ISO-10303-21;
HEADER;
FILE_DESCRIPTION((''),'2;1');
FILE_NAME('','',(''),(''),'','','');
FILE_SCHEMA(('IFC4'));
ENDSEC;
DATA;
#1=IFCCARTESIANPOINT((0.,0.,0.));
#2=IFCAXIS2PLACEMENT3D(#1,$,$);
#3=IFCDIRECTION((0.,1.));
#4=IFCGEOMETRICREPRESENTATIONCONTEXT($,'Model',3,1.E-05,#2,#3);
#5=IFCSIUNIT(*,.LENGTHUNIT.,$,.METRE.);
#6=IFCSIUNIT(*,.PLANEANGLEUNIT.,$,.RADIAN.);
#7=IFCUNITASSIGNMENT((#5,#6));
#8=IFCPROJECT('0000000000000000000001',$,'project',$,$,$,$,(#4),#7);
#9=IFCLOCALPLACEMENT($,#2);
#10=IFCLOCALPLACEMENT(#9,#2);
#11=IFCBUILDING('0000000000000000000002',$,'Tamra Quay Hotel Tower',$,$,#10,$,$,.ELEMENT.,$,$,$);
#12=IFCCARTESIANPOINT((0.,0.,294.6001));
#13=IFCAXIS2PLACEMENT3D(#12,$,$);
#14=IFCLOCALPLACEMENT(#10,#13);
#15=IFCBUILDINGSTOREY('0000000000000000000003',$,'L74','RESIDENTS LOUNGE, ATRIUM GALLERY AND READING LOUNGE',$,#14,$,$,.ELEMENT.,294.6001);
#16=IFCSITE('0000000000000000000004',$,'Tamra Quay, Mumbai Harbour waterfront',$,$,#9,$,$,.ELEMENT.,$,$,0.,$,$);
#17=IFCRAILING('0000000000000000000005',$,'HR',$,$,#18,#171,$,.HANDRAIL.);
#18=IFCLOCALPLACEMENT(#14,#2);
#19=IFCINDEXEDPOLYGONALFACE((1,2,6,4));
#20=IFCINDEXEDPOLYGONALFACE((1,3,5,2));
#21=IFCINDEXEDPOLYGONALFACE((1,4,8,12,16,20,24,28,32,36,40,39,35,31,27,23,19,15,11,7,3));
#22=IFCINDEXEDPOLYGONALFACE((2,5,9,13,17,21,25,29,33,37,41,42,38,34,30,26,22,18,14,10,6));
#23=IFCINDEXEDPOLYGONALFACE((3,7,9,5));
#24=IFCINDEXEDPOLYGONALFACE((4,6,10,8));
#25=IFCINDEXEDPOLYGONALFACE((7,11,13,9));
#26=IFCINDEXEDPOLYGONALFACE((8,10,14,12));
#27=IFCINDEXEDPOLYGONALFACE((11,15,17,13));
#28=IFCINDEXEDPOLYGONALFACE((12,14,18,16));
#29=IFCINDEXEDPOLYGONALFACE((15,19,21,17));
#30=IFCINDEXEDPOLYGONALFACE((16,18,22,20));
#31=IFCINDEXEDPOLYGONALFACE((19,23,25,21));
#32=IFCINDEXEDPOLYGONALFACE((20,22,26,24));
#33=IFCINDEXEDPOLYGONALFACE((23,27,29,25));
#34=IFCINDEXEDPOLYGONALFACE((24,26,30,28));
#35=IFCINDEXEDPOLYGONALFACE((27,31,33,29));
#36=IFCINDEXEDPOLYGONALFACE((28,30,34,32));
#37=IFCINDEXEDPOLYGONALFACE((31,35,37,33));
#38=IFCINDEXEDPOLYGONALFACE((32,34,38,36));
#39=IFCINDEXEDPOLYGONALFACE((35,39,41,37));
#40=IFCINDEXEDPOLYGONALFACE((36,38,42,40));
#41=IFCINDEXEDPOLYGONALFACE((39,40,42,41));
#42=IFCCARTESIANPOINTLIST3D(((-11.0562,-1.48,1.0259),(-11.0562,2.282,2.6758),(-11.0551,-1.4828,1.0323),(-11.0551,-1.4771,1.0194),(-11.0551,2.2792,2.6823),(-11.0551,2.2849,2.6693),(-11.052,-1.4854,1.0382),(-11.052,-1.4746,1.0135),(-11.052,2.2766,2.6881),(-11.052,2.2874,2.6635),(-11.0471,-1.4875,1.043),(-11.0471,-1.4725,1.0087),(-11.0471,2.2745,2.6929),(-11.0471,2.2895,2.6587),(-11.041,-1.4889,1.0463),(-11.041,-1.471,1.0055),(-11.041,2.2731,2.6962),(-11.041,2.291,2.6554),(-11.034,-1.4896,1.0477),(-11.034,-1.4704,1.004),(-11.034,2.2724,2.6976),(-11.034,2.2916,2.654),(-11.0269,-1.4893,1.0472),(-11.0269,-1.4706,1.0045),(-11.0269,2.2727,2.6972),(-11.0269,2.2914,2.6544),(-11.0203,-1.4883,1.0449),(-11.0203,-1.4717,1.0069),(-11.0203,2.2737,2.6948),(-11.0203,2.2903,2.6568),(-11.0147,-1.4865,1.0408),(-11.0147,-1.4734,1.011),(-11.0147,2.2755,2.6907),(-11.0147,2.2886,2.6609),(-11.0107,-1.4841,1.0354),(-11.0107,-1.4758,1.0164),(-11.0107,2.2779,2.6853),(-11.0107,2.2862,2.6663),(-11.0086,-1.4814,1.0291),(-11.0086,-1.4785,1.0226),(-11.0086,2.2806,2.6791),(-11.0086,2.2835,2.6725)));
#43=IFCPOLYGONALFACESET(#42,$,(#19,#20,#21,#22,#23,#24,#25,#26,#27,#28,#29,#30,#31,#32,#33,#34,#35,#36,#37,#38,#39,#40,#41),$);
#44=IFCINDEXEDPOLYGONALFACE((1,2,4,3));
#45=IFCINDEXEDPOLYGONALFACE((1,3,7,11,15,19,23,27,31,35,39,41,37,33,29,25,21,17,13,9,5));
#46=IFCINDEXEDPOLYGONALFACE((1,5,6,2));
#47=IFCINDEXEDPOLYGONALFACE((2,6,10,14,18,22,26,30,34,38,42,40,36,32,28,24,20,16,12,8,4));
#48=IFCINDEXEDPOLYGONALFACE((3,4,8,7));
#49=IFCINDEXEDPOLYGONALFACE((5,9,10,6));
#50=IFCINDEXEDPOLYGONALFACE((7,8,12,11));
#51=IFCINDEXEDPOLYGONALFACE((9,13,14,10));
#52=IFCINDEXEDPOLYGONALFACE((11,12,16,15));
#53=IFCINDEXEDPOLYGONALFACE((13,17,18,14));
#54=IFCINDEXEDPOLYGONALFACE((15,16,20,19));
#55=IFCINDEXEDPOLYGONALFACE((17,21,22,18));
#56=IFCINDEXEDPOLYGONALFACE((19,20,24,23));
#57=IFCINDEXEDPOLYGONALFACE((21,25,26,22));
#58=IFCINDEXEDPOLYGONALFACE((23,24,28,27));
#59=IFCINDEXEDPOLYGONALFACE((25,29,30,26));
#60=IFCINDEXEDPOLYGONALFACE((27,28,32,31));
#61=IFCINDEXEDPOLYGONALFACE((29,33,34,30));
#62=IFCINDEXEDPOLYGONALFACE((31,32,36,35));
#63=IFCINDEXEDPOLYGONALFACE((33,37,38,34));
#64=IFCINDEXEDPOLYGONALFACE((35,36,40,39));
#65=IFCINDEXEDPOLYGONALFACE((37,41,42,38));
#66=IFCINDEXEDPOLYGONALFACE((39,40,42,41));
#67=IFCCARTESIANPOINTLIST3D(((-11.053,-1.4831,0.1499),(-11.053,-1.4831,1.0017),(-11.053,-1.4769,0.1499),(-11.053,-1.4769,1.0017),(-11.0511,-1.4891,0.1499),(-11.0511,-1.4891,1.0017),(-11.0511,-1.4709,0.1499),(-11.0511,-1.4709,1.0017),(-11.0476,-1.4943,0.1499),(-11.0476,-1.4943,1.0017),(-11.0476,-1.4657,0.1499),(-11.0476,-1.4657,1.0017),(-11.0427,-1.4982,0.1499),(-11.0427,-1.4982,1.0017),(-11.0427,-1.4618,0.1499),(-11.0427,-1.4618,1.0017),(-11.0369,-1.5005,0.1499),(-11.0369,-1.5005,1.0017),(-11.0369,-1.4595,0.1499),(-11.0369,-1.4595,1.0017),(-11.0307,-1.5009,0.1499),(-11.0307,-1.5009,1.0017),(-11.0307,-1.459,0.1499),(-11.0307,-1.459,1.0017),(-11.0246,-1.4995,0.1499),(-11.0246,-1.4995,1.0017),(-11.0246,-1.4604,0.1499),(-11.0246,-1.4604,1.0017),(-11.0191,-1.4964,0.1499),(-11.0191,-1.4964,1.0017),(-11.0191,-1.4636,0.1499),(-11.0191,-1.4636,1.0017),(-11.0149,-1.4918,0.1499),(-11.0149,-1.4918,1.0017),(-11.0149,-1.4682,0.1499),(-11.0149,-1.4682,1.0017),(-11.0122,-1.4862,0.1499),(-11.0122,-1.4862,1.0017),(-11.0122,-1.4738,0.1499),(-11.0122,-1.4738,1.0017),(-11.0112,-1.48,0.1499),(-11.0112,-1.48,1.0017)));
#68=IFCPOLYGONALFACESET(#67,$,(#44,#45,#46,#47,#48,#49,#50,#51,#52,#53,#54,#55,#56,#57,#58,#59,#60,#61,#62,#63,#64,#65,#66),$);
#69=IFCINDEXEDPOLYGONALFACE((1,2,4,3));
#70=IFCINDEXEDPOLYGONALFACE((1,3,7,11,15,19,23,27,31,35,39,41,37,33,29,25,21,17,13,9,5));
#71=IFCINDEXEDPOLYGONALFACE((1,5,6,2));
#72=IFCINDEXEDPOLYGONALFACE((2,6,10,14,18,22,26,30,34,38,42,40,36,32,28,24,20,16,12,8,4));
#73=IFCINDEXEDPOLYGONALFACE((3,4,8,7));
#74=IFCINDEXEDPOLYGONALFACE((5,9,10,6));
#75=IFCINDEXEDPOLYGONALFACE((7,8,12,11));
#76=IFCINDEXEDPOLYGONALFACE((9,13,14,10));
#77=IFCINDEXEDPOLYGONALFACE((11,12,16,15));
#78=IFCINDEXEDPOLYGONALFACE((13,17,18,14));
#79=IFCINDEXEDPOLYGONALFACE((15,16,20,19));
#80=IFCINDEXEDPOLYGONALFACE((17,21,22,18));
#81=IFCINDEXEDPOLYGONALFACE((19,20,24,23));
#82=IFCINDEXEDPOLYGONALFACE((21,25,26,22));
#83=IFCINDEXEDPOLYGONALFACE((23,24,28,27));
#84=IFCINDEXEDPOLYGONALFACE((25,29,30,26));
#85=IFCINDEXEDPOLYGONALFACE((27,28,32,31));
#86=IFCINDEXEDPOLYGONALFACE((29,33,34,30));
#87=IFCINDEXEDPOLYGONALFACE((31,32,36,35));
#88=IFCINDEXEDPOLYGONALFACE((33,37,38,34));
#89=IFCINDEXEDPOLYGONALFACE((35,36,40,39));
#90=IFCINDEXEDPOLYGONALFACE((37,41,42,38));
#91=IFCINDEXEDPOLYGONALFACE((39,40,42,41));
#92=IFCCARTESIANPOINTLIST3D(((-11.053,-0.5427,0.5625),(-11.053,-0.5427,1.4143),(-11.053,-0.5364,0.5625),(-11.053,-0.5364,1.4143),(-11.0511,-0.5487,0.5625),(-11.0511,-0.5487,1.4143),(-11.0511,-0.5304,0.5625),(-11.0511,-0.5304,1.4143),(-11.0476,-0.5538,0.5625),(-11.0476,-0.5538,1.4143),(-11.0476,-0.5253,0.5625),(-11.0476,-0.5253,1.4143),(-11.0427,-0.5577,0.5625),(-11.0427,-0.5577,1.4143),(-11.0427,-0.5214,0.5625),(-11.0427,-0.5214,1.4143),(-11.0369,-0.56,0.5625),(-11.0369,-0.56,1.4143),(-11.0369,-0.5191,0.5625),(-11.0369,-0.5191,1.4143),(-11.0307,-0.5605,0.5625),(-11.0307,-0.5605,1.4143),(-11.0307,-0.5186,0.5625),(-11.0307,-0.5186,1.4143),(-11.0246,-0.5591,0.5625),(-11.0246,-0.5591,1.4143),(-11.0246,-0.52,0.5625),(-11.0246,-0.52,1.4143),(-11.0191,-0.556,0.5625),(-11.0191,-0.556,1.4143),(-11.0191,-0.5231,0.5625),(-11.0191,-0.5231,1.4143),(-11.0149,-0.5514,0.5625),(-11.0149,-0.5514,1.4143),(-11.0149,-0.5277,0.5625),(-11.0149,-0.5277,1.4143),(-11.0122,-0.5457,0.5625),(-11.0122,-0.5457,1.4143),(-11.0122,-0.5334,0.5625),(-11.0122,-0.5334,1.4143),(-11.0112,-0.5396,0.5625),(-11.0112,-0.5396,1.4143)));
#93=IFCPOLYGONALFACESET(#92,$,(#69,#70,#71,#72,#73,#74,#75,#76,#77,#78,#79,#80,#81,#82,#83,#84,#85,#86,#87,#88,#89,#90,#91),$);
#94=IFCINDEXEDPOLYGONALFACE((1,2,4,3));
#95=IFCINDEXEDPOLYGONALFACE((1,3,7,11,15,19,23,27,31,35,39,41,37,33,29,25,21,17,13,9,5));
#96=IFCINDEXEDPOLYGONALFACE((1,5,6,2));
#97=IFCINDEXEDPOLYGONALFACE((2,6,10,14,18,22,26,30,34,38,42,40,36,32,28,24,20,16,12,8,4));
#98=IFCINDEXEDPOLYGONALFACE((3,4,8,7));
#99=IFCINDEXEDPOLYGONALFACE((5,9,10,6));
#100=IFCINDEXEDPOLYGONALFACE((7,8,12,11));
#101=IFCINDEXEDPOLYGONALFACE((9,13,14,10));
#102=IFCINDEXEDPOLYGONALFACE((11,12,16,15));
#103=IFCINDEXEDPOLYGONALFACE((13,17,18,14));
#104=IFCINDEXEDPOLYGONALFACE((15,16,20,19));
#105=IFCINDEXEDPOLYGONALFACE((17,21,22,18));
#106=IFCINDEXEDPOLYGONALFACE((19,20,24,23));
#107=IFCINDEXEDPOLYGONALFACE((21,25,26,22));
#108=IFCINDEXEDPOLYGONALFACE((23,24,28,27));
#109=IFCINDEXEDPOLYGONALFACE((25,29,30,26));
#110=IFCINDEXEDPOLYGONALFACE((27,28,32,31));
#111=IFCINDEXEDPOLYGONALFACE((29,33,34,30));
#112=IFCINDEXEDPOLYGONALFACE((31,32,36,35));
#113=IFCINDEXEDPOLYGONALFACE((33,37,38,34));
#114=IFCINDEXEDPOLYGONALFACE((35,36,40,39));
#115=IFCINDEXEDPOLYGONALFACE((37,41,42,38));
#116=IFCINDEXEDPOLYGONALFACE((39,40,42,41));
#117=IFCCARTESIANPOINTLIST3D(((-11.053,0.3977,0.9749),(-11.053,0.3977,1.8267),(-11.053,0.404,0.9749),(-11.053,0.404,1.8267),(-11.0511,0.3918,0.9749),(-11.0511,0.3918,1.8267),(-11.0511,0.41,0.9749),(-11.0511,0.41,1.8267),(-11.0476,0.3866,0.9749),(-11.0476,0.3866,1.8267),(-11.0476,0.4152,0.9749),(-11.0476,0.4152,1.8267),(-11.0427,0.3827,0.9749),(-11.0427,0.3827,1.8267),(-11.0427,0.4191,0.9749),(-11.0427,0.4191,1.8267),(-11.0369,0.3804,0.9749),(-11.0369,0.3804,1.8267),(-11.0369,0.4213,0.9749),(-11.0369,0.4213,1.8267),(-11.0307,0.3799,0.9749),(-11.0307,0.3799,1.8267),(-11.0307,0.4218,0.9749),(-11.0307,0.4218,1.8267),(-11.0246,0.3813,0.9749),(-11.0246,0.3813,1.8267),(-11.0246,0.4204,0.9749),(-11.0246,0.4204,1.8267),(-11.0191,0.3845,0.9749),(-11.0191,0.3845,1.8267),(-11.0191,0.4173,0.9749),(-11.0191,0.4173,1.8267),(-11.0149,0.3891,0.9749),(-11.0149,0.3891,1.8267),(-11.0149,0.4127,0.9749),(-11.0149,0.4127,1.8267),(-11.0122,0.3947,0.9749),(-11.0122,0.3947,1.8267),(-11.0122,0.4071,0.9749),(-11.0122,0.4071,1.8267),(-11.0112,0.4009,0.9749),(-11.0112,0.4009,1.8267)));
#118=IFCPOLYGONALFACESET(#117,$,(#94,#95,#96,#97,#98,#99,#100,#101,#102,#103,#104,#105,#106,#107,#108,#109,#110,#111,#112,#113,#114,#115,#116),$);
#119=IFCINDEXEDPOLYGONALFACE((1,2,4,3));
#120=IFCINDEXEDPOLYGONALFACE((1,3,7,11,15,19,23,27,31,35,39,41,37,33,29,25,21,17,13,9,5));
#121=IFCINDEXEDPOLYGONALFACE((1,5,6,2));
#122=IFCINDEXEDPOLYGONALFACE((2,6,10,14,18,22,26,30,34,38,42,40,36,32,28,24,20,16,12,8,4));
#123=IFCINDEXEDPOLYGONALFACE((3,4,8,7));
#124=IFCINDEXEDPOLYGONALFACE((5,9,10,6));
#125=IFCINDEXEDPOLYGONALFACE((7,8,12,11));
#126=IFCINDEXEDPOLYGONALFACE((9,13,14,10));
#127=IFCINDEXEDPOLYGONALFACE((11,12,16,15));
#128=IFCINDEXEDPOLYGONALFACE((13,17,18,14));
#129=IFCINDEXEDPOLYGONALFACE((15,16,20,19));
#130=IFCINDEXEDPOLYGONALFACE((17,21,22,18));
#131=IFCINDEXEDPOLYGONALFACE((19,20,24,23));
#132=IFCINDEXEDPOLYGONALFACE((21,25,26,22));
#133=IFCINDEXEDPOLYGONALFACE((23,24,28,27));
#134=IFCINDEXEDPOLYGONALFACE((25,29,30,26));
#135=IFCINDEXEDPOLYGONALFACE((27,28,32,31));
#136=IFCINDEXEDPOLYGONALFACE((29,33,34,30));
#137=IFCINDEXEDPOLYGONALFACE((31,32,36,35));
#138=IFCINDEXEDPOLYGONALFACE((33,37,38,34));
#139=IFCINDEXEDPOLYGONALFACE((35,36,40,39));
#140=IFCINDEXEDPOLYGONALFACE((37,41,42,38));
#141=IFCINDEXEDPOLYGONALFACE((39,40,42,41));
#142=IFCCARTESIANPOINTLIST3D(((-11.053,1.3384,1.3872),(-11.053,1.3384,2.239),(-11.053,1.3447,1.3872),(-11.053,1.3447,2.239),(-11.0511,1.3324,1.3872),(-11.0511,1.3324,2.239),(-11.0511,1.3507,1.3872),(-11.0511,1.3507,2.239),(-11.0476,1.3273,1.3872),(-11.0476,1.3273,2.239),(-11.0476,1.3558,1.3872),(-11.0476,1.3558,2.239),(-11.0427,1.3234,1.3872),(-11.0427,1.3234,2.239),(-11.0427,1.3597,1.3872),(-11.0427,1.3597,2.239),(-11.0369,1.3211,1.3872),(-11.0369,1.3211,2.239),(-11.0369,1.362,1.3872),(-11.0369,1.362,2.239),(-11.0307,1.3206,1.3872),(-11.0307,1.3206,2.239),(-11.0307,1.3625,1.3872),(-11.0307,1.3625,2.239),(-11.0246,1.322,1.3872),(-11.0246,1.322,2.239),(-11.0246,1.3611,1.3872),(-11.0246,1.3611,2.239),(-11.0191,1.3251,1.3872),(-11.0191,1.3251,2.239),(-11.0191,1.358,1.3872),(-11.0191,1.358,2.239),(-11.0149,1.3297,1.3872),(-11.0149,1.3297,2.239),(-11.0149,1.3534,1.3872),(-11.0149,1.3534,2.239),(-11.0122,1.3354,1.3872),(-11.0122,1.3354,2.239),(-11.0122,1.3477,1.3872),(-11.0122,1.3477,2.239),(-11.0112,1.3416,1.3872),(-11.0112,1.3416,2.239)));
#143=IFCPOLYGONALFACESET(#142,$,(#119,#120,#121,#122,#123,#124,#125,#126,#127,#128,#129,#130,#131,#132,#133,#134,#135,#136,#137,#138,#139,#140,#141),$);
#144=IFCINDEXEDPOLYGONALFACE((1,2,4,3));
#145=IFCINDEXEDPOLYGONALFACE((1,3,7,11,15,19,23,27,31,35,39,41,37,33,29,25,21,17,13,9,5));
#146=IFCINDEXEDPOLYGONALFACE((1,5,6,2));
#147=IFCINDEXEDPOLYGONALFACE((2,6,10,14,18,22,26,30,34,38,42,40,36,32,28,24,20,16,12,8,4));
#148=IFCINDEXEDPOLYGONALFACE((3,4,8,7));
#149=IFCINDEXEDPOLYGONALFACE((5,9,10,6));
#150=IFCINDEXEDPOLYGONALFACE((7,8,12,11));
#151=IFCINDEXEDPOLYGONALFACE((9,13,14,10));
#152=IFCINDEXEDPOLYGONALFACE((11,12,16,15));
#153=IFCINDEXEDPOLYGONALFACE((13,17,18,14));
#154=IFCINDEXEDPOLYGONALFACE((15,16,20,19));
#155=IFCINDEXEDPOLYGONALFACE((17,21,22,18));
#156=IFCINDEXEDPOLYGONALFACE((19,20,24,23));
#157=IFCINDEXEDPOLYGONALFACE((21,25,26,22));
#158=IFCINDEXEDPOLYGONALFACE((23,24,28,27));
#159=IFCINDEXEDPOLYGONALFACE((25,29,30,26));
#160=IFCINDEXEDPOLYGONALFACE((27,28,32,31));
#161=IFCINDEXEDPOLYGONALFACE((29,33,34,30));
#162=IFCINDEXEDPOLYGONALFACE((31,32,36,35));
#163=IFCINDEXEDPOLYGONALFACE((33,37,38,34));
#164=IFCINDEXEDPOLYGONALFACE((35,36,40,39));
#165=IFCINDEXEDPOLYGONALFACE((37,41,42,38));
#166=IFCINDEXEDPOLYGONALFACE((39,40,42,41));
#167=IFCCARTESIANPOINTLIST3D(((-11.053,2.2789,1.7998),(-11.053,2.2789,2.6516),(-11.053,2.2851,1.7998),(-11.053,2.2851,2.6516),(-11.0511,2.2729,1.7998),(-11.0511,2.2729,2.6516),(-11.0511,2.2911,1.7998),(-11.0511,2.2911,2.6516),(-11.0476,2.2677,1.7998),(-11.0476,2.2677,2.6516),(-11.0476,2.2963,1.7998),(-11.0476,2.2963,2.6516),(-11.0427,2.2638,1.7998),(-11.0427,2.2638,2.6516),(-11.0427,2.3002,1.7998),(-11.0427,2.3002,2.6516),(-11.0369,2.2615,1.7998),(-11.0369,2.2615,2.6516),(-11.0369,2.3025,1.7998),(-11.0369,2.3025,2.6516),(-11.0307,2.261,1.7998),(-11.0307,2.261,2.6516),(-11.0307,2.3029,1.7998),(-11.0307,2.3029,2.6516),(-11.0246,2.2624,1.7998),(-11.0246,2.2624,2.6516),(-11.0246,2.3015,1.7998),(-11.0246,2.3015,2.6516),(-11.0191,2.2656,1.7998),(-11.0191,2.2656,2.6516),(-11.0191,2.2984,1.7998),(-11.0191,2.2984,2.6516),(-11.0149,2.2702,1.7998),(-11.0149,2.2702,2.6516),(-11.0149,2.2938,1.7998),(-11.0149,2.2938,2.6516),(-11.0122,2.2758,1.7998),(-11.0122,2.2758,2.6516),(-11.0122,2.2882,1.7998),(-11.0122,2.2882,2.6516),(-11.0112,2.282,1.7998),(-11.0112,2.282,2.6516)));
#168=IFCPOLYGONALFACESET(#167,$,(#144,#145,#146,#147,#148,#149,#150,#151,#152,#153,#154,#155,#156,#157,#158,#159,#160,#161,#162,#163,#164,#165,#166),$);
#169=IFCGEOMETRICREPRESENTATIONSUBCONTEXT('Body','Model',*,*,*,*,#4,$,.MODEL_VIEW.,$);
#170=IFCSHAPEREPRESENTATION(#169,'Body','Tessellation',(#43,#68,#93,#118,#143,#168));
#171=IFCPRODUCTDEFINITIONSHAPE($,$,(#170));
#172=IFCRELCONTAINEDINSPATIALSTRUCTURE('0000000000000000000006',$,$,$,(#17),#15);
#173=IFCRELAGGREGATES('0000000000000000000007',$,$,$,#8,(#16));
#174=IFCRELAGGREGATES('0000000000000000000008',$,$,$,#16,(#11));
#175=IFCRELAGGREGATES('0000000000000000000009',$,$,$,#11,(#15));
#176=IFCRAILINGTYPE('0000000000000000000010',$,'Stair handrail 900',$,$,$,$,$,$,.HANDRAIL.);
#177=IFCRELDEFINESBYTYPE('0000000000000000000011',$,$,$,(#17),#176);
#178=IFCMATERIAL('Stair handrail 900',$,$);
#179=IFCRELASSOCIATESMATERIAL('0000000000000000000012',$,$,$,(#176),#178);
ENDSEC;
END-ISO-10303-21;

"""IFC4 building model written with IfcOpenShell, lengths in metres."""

from ifc_helpers import new_model, si_unit, direction, frame, origin, origin_2d, place, context, subcontext, project, spatial, circle, extrude, material, type_object, element, save


model = new_model("IFC4")

# Units and contexts
model_context = context("Model", 3, precision=1e-05, world=origin(), true_north=direction((0.0, 1.0)))
body_context = subcontext(model_context, "Body", "Model", "MODEL_VIEW")
ifc_project = project(units=[si_unit("LENGTHUNIT", "METRE"), si_unit("PLANEANGLEUNIT", "RADIAN")], contexts=[model_context])

# Site, building, storey
site_placement = place(None, origin())
site = spatial("IfcSite", under=ifc_project, at=site_placement, Name="Tamra Quay, Mumbai Harbour waterfront", CompositionType="ELEMENT", RefElevation=0.0)
building_placement = place(site_placement, origin())
building = spatial("IfcBuilding", under=site, at=building_placement, Name="Tamra Quay Hotel Tower", CompositionType="ELEMENT")
storey_placement = place(building_placement, frame((0.0, 0.0, 294.6001)))
storey = spatial("IfcBuildingStorey", under=building, at=storey_placement, Name="L74", Description="RESIDENTS LOUNGE, ATRIUM GALLERY AND READING LOUNGE", CompositionType="ELEMENT", Elevation=294.6001)

# Railing
ifc_material_1 = material(Name="Stair handrail 900")
railing_type_1 = type_object("IfcRailingType", Name="Stair handrail 900", PredefinedType="HANDRAIL", material=ifc_material_1)
railing_1_placement = place(storey_placement, frame((-11.0322, -1.48, 0.1499)))
element("IfcRailing", 1, at=railing_1_placement, inside=storey, type_object=railing_type_1, Name="HR", PredefinedType="HANDRAIL", context=body_context, shape_type="SweptSolid", body=[
    extrude(circle(Radius=0.0239, at=origin_2d()), frame((0.0, 0.0, 0.876), z_axis=(0.0, 0.915795, 0.401645), x_axis=(-1.0, 0.0, 0.0)), (0.0, 0.0, 1.0), 4.1079),
    extrude(circle(Radius=0.021, at=origin_2d()), origin(), (0.0, 0.0, 1.0), 0.8518),
    extrude(circle(Radius=0.021, at=origin_2d()), frame((0.0, 0.9404, 0.4126)), (0.0, 0.0, 1.0), 0.8518),
    extrude(circle(Radius=0.021, at=origin_2d()), frame((0.0, 1.8809, 0.825)), (0.0, 0.0, 1.0), 0.8518),
    extrude(circle(Radius=0.021, at=origin_2d()), frame((0.0, 2.8215, 1.2373)), (0.0, 0.0, 1.0), 0.8518),
    extrude(circle(Radius=0.021, at=origin_2d()), frame((0.0, 3.762, 1.6499)), (0.0, 0.0, 1.0), 0.8518),
])

save(model, "model.ifc")
